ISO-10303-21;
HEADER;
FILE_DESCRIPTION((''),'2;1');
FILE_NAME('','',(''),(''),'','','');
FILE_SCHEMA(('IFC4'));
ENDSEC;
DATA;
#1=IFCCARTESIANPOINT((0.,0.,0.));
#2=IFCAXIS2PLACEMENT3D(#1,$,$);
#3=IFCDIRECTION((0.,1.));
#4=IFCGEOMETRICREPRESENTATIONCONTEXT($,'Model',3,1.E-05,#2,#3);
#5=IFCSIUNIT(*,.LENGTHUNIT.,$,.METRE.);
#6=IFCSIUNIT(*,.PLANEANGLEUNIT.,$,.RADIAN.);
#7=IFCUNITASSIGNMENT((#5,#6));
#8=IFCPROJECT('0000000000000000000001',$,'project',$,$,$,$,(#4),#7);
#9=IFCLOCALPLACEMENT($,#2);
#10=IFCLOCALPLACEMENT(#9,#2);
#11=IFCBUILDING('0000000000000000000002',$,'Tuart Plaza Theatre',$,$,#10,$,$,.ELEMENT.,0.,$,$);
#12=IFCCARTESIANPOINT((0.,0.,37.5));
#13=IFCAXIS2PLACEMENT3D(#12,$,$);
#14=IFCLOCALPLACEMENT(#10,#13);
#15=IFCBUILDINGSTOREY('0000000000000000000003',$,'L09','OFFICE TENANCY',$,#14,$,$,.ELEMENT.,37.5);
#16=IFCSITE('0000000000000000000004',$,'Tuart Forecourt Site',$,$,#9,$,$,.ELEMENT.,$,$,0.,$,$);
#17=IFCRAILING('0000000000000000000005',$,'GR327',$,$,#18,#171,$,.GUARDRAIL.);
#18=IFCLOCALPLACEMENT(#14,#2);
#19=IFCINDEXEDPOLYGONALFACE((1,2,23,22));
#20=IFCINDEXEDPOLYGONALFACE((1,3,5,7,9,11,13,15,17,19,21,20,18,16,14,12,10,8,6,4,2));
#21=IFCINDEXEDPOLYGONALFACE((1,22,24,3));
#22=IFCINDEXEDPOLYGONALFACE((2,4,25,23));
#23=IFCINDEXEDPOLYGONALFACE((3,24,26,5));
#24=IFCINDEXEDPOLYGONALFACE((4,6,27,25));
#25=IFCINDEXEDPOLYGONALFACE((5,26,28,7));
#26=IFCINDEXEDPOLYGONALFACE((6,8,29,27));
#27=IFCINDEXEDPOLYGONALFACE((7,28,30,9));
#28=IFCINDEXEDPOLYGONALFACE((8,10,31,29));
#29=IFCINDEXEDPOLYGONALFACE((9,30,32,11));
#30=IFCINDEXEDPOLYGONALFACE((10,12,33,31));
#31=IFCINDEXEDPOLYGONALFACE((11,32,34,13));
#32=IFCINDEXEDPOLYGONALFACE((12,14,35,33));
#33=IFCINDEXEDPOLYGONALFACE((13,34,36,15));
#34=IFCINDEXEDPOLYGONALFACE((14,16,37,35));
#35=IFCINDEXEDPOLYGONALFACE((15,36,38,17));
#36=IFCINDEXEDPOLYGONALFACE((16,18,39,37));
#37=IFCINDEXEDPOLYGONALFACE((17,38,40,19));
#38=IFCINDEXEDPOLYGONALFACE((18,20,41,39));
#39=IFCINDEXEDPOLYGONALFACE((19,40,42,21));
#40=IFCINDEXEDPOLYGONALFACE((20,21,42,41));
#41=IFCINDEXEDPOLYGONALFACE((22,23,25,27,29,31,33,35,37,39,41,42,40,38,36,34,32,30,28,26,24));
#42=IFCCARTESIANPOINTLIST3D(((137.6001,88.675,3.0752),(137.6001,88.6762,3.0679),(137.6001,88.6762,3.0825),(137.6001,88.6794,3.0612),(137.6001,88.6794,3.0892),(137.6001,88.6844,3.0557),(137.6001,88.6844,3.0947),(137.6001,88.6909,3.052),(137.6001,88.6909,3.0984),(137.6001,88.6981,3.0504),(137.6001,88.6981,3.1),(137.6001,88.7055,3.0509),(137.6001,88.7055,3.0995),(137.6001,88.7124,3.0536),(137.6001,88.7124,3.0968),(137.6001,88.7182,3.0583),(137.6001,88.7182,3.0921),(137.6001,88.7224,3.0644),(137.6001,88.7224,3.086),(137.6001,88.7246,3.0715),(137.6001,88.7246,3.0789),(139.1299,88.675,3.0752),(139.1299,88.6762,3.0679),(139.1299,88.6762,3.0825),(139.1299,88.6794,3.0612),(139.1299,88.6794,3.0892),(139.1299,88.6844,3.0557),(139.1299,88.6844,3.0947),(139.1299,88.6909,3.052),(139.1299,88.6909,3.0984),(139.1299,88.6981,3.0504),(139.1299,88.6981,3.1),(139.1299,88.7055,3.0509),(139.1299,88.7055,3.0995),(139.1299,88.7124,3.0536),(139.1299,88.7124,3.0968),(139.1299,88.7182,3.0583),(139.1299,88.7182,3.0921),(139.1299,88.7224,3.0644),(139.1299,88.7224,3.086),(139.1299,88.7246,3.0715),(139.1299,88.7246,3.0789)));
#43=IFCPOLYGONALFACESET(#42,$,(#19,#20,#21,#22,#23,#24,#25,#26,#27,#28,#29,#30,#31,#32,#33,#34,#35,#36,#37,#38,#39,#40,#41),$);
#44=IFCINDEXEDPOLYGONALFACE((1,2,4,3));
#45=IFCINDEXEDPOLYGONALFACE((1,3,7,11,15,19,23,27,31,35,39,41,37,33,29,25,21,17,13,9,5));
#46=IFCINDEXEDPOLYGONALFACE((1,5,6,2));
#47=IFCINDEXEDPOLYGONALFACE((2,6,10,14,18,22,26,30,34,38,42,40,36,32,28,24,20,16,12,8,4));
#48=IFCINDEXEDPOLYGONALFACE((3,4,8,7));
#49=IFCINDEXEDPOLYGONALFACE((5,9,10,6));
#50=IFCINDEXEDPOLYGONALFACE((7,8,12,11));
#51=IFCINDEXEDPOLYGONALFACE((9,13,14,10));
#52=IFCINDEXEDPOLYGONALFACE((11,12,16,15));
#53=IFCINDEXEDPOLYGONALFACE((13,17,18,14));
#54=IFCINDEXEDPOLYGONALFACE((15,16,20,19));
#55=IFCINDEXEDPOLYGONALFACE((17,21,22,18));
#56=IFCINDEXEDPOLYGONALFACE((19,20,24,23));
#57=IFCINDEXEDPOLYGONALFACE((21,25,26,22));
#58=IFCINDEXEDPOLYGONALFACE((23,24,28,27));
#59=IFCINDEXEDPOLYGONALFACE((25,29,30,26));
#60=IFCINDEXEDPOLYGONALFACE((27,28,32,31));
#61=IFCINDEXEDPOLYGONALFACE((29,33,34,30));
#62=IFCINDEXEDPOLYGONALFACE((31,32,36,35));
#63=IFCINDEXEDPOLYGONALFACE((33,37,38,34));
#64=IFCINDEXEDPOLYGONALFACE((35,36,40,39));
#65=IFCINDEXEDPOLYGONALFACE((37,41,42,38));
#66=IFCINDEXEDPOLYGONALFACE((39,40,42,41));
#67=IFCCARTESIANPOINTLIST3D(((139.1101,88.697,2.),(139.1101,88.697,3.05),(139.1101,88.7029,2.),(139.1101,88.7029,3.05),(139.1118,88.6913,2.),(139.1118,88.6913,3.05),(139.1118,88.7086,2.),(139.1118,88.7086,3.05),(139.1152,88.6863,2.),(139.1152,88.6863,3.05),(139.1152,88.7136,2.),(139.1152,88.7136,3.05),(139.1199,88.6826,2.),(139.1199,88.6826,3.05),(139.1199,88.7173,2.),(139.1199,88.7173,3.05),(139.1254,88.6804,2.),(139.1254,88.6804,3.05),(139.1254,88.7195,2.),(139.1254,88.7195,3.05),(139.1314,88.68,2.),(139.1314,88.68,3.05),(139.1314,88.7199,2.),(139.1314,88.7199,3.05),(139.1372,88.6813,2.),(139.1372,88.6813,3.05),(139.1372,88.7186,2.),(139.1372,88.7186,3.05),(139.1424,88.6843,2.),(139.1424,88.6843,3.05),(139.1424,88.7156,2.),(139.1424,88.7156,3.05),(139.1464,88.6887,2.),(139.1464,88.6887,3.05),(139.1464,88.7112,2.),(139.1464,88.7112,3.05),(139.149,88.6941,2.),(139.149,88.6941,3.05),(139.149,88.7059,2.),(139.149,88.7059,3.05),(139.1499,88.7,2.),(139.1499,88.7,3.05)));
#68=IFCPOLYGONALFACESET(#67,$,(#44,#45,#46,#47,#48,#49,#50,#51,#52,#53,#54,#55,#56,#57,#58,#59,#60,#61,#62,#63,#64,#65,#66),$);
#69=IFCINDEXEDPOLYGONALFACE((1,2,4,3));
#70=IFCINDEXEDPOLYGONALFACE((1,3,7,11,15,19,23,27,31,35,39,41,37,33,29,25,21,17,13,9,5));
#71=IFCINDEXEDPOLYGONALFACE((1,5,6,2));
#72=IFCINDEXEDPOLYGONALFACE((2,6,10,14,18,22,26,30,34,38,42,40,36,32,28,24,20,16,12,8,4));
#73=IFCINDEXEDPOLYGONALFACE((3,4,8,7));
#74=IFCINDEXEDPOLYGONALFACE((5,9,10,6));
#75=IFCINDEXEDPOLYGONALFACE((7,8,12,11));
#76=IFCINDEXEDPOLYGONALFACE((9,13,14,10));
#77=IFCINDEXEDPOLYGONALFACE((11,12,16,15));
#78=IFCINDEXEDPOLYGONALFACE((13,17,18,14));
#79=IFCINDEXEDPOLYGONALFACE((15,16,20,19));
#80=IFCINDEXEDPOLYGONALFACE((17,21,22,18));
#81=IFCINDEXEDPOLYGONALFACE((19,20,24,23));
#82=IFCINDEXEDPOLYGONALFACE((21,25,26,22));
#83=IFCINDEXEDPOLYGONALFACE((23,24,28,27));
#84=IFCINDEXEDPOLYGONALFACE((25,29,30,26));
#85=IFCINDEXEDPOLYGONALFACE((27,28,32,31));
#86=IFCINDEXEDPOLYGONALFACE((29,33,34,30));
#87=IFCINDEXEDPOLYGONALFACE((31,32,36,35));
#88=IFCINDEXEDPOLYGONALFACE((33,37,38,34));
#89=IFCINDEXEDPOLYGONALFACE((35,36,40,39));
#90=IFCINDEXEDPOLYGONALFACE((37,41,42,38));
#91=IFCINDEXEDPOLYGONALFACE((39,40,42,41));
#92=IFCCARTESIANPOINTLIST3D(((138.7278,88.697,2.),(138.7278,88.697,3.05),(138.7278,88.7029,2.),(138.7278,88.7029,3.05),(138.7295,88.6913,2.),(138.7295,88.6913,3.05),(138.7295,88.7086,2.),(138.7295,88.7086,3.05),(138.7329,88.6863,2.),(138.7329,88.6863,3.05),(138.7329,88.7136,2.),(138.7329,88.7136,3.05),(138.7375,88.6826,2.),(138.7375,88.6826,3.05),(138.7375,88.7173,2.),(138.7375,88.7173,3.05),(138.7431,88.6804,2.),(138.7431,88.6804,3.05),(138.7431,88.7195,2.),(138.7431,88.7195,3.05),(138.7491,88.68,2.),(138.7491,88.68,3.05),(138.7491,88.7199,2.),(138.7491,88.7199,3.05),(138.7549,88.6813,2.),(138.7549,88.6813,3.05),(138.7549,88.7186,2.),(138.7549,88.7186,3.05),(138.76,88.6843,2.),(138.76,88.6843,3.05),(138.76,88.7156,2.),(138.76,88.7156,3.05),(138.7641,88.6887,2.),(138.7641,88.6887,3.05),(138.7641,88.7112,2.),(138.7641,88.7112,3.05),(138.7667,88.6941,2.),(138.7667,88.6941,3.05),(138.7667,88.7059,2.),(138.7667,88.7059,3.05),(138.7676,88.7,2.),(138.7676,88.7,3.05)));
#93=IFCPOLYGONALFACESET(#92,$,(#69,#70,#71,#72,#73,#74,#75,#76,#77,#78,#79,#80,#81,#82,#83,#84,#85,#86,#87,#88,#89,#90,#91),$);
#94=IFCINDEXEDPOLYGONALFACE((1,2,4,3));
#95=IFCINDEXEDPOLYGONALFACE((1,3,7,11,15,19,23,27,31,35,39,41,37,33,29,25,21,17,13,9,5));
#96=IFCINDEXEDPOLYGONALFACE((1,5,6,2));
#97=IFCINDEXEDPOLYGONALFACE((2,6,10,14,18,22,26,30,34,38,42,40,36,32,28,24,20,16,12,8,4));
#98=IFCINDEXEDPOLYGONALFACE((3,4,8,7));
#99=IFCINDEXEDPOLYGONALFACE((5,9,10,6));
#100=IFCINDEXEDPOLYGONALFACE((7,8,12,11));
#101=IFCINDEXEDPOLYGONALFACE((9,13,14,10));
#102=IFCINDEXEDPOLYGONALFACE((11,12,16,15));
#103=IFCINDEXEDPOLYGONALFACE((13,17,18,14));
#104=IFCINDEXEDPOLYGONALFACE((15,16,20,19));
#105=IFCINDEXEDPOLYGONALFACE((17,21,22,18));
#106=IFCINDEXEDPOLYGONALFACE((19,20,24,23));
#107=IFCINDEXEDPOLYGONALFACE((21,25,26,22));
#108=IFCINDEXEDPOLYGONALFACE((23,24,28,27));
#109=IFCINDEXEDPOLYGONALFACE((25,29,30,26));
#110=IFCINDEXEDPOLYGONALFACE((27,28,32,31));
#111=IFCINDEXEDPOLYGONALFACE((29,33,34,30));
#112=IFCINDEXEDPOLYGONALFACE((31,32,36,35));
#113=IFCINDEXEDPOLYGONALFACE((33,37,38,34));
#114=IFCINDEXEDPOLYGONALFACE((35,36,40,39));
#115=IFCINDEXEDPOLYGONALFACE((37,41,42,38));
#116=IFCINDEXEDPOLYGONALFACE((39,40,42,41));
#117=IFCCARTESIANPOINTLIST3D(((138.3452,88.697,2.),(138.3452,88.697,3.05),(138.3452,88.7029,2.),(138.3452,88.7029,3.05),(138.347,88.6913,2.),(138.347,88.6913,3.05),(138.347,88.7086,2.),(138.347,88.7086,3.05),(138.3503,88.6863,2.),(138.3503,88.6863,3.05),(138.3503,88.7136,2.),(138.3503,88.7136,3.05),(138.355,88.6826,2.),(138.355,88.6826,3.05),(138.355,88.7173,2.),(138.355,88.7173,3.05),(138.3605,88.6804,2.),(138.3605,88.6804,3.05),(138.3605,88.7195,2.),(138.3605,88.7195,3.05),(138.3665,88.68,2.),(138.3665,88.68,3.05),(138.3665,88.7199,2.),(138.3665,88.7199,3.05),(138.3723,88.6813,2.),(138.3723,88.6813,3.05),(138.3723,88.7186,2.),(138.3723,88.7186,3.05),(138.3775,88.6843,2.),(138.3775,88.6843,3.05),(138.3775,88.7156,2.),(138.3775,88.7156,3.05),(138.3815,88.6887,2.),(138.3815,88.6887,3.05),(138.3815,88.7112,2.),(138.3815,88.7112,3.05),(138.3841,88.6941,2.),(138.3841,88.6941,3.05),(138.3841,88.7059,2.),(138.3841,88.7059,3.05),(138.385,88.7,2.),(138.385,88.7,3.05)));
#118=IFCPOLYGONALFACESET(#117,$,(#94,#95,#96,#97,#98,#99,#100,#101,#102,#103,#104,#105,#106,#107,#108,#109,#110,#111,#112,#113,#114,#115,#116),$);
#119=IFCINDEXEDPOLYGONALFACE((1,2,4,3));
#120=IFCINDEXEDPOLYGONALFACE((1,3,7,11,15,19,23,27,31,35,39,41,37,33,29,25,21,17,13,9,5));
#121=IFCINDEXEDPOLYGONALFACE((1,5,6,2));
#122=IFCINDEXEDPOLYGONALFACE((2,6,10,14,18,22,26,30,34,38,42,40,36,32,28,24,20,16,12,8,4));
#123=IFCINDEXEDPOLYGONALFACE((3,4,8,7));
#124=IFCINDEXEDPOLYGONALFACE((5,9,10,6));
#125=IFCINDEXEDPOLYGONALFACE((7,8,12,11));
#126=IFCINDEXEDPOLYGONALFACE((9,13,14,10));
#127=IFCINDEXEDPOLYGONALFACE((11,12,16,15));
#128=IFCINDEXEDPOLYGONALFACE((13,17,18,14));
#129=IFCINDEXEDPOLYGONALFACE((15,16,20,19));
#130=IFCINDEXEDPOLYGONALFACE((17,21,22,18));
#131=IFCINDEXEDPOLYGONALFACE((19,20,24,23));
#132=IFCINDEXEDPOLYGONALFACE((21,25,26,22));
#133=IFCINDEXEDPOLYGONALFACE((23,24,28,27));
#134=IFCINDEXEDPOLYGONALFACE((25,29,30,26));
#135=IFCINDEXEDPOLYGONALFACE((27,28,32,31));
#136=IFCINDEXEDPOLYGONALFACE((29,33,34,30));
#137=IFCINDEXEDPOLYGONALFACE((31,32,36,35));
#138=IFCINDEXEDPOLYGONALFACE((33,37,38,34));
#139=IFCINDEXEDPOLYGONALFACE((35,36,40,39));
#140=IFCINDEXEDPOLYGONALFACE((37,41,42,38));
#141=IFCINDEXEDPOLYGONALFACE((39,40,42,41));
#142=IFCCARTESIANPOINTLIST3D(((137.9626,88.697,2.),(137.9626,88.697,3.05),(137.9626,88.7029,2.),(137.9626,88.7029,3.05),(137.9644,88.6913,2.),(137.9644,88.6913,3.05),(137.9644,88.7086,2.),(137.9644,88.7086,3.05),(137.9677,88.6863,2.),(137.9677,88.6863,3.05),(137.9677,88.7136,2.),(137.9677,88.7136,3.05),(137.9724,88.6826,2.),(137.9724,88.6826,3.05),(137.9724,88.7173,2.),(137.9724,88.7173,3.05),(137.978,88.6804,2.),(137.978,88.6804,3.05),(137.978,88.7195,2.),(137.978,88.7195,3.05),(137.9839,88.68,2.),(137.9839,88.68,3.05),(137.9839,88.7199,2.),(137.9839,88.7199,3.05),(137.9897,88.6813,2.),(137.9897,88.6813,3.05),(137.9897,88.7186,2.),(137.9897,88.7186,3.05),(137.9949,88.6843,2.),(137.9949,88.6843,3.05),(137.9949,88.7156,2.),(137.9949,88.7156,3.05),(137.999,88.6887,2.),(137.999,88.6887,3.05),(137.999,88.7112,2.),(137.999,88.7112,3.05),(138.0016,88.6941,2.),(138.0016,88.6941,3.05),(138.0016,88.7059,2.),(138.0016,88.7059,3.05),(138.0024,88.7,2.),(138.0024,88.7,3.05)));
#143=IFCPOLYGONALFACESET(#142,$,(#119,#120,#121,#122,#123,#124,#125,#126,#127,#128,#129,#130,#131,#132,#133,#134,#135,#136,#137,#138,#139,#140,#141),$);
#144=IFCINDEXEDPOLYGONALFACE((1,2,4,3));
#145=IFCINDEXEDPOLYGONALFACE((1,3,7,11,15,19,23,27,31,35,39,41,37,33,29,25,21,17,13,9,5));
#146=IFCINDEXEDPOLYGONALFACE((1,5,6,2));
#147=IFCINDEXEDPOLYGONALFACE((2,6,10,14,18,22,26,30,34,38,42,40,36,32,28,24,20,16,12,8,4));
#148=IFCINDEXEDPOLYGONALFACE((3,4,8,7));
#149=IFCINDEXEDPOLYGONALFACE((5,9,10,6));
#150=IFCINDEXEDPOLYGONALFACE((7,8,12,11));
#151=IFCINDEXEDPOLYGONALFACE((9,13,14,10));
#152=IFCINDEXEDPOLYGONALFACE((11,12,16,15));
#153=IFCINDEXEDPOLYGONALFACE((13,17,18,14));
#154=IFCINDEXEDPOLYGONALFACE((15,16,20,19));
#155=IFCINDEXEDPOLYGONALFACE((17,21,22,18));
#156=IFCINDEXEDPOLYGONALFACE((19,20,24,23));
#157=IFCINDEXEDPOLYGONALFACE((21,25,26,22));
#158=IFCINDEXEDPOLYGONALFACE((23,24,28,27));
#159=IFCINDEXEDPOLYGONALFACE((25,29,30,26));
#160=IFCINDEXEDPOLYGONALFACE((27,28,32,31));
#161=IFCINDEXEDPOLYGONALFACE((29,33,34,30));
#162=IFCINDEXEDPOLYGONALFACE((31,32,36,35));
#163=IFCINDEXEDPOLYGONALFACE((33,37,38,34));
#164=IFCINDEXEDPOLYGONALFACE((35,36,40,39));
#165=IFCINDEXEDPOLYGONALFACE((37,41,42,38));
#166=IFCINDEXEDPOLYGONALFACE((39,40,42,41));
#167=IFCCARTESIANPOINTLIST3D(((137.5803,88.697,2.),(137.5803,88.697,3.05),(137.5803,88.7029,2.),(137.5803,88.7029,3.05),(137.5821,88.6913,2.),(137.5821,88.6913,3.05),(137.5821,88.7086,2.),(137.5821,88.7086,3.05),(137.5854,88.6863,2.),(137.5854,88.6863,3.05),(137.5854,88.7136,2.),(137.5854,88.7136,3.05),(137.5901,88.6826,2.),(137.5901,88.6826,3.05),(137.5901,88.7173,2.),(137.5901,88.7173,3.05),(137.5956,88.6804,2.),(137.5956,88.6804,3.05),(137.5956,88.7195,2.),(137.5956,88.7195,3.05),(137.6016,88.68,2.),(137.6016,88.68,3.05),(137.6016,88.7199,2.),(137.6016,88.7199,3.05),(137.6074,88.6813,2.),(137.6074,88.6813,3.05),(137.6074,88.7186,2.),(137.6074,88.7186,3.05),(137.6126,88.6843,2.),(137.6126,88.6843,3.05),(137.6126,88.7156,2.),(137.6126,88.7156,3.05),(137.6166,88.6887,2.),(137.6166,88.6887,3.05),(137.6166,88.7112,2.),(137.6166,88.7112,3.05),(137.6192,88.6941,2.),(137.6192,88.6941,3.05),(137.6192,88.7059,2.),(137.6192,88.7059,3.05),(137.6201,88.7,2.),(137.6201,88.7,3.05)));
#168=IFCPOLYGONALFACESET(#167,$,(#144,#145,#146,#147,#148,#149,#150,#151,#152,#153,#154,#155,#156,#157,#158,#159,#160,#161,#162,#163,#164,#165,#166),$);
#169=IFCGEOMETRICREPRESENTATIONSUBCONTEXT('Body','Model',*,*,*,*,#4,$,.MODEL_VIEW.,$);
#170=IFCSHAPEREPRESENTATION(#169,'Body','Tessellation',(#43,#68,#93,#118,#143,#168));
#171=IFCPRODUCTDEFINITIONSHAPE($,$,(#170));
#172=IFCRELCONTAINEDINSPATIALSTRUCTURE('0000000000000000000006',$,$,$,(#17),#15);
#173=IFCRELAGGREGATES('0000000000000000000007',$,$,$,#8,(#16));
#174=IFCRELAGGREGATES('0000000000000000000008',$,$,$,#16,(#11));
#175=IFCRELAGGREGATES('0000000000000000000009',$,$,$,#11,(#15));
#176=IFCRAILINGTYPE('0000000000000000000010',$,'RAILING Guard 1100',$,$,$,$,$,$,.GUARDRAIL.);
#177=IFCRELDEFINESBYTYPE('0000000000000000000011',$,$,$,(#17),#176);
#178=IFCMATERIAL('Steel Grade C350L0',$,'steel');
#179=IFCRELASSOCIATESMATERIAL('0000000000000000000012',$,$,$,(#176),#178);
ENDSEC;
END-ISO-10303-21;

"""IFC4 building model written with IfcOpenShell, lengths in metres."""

from ifc_helpers import new_model, si_unit, direction, frame, origin, origin_2d, place, context, subcontext, project, spatial, circle, extrude, material, type_object, element, save


model = new_model("IFC4")

# Units and contexts
model_context = context("Model", 3, precision=1e-05, world=origin(), true_north=direction((0.0, 1.0)))
body_context = subcontext(model_context, "Body", "Model", "MODEL_VIEW")
ifc_project = project(units=[si_unit("LENGTHUNIT", "METRE"), si_unit("PLANEANGLEUNIT", "RADIAN")], contexts=[model_context])

# Site, building, storey
site_placement = place(None, origin())
site = spatial("IfcSite", under=ifc_project, at=site_placement, Name="Tuart Forecourt Site", CompositionType="ELEMENT", RefElevation=0.0)
building_placement = place(site_placement, origin())
building = spatial("IfcBuilding", under=site, at=building_placement, Name="Tuart Plaza Theatre", CompositionType="ELEMENT", ElevationOfRefHeight=0.0)
storey_placement = place(building_placement, frame((0.0, 0.0, 37.5)))
storey = spatial("IfcBuildingStorey", under=building, at=storey_placement, Name="L09", Description="OFFICE TENANCY", CompositionType="ELEMENT", Elevation=37.5)

# Railing
ifc_material_1 = material(Name="Steel Grade C350L0", Category="steel")
railing_type_1 = type_object("IfcRailingType", Name="RAILING Guard 1100", PredefinedType="GUARDRAIL", material=ifc_material_1)
railing_1_placement = place(storey_placement, frame((139.1299, 88.7, 2.0)))
element("IfcRailing", 1, at=railing_1_placement, inside=storey, type_object=railing_type_1, Name="GR327", PredefinedType="GUARDRAIL", context=body_context, shape_type="SweptSolid", body=[
    extrude(circle(Radius=0.0249, at=origin_2d()), frame((0.0, 0.0, 1.0752), z_axis=(-1.0, 0.0, 0.0), x_axis=(0.0, -1.0, 0.0)), (0.0, 0.0, 1.0), 1.5298),
    extrude(circle(Radius=0.02, at=origin_2d()), origin(), (0.0, 0.0, 1.0), 1.05),
    extrude(circle(Radius=0.02, at=origin_2d()), frame((-0.3823, 0.0, 0.0)), (0.0, 0.0, 1.0), 1.05),
    extrude(circle(Radius=0.02, at=origin_2d()), frame((-0.7649, 0.0, 0.0)), (0.0, 0.0, 1.0), 1.05),
    extrude(circle(Radius=0.02, at=origin_2d()), frame((-1.1475, 0.0, 0.0)), (0.0, 0.0, 1.0), 1.05),
    extrude(circle(Radius=0.02, at=origin_2d()), frame((-1.5298, 0.0, 0.0)), (0.0, 0.0, 1.0), 1.05),
])

save(model, "model.ifc")
